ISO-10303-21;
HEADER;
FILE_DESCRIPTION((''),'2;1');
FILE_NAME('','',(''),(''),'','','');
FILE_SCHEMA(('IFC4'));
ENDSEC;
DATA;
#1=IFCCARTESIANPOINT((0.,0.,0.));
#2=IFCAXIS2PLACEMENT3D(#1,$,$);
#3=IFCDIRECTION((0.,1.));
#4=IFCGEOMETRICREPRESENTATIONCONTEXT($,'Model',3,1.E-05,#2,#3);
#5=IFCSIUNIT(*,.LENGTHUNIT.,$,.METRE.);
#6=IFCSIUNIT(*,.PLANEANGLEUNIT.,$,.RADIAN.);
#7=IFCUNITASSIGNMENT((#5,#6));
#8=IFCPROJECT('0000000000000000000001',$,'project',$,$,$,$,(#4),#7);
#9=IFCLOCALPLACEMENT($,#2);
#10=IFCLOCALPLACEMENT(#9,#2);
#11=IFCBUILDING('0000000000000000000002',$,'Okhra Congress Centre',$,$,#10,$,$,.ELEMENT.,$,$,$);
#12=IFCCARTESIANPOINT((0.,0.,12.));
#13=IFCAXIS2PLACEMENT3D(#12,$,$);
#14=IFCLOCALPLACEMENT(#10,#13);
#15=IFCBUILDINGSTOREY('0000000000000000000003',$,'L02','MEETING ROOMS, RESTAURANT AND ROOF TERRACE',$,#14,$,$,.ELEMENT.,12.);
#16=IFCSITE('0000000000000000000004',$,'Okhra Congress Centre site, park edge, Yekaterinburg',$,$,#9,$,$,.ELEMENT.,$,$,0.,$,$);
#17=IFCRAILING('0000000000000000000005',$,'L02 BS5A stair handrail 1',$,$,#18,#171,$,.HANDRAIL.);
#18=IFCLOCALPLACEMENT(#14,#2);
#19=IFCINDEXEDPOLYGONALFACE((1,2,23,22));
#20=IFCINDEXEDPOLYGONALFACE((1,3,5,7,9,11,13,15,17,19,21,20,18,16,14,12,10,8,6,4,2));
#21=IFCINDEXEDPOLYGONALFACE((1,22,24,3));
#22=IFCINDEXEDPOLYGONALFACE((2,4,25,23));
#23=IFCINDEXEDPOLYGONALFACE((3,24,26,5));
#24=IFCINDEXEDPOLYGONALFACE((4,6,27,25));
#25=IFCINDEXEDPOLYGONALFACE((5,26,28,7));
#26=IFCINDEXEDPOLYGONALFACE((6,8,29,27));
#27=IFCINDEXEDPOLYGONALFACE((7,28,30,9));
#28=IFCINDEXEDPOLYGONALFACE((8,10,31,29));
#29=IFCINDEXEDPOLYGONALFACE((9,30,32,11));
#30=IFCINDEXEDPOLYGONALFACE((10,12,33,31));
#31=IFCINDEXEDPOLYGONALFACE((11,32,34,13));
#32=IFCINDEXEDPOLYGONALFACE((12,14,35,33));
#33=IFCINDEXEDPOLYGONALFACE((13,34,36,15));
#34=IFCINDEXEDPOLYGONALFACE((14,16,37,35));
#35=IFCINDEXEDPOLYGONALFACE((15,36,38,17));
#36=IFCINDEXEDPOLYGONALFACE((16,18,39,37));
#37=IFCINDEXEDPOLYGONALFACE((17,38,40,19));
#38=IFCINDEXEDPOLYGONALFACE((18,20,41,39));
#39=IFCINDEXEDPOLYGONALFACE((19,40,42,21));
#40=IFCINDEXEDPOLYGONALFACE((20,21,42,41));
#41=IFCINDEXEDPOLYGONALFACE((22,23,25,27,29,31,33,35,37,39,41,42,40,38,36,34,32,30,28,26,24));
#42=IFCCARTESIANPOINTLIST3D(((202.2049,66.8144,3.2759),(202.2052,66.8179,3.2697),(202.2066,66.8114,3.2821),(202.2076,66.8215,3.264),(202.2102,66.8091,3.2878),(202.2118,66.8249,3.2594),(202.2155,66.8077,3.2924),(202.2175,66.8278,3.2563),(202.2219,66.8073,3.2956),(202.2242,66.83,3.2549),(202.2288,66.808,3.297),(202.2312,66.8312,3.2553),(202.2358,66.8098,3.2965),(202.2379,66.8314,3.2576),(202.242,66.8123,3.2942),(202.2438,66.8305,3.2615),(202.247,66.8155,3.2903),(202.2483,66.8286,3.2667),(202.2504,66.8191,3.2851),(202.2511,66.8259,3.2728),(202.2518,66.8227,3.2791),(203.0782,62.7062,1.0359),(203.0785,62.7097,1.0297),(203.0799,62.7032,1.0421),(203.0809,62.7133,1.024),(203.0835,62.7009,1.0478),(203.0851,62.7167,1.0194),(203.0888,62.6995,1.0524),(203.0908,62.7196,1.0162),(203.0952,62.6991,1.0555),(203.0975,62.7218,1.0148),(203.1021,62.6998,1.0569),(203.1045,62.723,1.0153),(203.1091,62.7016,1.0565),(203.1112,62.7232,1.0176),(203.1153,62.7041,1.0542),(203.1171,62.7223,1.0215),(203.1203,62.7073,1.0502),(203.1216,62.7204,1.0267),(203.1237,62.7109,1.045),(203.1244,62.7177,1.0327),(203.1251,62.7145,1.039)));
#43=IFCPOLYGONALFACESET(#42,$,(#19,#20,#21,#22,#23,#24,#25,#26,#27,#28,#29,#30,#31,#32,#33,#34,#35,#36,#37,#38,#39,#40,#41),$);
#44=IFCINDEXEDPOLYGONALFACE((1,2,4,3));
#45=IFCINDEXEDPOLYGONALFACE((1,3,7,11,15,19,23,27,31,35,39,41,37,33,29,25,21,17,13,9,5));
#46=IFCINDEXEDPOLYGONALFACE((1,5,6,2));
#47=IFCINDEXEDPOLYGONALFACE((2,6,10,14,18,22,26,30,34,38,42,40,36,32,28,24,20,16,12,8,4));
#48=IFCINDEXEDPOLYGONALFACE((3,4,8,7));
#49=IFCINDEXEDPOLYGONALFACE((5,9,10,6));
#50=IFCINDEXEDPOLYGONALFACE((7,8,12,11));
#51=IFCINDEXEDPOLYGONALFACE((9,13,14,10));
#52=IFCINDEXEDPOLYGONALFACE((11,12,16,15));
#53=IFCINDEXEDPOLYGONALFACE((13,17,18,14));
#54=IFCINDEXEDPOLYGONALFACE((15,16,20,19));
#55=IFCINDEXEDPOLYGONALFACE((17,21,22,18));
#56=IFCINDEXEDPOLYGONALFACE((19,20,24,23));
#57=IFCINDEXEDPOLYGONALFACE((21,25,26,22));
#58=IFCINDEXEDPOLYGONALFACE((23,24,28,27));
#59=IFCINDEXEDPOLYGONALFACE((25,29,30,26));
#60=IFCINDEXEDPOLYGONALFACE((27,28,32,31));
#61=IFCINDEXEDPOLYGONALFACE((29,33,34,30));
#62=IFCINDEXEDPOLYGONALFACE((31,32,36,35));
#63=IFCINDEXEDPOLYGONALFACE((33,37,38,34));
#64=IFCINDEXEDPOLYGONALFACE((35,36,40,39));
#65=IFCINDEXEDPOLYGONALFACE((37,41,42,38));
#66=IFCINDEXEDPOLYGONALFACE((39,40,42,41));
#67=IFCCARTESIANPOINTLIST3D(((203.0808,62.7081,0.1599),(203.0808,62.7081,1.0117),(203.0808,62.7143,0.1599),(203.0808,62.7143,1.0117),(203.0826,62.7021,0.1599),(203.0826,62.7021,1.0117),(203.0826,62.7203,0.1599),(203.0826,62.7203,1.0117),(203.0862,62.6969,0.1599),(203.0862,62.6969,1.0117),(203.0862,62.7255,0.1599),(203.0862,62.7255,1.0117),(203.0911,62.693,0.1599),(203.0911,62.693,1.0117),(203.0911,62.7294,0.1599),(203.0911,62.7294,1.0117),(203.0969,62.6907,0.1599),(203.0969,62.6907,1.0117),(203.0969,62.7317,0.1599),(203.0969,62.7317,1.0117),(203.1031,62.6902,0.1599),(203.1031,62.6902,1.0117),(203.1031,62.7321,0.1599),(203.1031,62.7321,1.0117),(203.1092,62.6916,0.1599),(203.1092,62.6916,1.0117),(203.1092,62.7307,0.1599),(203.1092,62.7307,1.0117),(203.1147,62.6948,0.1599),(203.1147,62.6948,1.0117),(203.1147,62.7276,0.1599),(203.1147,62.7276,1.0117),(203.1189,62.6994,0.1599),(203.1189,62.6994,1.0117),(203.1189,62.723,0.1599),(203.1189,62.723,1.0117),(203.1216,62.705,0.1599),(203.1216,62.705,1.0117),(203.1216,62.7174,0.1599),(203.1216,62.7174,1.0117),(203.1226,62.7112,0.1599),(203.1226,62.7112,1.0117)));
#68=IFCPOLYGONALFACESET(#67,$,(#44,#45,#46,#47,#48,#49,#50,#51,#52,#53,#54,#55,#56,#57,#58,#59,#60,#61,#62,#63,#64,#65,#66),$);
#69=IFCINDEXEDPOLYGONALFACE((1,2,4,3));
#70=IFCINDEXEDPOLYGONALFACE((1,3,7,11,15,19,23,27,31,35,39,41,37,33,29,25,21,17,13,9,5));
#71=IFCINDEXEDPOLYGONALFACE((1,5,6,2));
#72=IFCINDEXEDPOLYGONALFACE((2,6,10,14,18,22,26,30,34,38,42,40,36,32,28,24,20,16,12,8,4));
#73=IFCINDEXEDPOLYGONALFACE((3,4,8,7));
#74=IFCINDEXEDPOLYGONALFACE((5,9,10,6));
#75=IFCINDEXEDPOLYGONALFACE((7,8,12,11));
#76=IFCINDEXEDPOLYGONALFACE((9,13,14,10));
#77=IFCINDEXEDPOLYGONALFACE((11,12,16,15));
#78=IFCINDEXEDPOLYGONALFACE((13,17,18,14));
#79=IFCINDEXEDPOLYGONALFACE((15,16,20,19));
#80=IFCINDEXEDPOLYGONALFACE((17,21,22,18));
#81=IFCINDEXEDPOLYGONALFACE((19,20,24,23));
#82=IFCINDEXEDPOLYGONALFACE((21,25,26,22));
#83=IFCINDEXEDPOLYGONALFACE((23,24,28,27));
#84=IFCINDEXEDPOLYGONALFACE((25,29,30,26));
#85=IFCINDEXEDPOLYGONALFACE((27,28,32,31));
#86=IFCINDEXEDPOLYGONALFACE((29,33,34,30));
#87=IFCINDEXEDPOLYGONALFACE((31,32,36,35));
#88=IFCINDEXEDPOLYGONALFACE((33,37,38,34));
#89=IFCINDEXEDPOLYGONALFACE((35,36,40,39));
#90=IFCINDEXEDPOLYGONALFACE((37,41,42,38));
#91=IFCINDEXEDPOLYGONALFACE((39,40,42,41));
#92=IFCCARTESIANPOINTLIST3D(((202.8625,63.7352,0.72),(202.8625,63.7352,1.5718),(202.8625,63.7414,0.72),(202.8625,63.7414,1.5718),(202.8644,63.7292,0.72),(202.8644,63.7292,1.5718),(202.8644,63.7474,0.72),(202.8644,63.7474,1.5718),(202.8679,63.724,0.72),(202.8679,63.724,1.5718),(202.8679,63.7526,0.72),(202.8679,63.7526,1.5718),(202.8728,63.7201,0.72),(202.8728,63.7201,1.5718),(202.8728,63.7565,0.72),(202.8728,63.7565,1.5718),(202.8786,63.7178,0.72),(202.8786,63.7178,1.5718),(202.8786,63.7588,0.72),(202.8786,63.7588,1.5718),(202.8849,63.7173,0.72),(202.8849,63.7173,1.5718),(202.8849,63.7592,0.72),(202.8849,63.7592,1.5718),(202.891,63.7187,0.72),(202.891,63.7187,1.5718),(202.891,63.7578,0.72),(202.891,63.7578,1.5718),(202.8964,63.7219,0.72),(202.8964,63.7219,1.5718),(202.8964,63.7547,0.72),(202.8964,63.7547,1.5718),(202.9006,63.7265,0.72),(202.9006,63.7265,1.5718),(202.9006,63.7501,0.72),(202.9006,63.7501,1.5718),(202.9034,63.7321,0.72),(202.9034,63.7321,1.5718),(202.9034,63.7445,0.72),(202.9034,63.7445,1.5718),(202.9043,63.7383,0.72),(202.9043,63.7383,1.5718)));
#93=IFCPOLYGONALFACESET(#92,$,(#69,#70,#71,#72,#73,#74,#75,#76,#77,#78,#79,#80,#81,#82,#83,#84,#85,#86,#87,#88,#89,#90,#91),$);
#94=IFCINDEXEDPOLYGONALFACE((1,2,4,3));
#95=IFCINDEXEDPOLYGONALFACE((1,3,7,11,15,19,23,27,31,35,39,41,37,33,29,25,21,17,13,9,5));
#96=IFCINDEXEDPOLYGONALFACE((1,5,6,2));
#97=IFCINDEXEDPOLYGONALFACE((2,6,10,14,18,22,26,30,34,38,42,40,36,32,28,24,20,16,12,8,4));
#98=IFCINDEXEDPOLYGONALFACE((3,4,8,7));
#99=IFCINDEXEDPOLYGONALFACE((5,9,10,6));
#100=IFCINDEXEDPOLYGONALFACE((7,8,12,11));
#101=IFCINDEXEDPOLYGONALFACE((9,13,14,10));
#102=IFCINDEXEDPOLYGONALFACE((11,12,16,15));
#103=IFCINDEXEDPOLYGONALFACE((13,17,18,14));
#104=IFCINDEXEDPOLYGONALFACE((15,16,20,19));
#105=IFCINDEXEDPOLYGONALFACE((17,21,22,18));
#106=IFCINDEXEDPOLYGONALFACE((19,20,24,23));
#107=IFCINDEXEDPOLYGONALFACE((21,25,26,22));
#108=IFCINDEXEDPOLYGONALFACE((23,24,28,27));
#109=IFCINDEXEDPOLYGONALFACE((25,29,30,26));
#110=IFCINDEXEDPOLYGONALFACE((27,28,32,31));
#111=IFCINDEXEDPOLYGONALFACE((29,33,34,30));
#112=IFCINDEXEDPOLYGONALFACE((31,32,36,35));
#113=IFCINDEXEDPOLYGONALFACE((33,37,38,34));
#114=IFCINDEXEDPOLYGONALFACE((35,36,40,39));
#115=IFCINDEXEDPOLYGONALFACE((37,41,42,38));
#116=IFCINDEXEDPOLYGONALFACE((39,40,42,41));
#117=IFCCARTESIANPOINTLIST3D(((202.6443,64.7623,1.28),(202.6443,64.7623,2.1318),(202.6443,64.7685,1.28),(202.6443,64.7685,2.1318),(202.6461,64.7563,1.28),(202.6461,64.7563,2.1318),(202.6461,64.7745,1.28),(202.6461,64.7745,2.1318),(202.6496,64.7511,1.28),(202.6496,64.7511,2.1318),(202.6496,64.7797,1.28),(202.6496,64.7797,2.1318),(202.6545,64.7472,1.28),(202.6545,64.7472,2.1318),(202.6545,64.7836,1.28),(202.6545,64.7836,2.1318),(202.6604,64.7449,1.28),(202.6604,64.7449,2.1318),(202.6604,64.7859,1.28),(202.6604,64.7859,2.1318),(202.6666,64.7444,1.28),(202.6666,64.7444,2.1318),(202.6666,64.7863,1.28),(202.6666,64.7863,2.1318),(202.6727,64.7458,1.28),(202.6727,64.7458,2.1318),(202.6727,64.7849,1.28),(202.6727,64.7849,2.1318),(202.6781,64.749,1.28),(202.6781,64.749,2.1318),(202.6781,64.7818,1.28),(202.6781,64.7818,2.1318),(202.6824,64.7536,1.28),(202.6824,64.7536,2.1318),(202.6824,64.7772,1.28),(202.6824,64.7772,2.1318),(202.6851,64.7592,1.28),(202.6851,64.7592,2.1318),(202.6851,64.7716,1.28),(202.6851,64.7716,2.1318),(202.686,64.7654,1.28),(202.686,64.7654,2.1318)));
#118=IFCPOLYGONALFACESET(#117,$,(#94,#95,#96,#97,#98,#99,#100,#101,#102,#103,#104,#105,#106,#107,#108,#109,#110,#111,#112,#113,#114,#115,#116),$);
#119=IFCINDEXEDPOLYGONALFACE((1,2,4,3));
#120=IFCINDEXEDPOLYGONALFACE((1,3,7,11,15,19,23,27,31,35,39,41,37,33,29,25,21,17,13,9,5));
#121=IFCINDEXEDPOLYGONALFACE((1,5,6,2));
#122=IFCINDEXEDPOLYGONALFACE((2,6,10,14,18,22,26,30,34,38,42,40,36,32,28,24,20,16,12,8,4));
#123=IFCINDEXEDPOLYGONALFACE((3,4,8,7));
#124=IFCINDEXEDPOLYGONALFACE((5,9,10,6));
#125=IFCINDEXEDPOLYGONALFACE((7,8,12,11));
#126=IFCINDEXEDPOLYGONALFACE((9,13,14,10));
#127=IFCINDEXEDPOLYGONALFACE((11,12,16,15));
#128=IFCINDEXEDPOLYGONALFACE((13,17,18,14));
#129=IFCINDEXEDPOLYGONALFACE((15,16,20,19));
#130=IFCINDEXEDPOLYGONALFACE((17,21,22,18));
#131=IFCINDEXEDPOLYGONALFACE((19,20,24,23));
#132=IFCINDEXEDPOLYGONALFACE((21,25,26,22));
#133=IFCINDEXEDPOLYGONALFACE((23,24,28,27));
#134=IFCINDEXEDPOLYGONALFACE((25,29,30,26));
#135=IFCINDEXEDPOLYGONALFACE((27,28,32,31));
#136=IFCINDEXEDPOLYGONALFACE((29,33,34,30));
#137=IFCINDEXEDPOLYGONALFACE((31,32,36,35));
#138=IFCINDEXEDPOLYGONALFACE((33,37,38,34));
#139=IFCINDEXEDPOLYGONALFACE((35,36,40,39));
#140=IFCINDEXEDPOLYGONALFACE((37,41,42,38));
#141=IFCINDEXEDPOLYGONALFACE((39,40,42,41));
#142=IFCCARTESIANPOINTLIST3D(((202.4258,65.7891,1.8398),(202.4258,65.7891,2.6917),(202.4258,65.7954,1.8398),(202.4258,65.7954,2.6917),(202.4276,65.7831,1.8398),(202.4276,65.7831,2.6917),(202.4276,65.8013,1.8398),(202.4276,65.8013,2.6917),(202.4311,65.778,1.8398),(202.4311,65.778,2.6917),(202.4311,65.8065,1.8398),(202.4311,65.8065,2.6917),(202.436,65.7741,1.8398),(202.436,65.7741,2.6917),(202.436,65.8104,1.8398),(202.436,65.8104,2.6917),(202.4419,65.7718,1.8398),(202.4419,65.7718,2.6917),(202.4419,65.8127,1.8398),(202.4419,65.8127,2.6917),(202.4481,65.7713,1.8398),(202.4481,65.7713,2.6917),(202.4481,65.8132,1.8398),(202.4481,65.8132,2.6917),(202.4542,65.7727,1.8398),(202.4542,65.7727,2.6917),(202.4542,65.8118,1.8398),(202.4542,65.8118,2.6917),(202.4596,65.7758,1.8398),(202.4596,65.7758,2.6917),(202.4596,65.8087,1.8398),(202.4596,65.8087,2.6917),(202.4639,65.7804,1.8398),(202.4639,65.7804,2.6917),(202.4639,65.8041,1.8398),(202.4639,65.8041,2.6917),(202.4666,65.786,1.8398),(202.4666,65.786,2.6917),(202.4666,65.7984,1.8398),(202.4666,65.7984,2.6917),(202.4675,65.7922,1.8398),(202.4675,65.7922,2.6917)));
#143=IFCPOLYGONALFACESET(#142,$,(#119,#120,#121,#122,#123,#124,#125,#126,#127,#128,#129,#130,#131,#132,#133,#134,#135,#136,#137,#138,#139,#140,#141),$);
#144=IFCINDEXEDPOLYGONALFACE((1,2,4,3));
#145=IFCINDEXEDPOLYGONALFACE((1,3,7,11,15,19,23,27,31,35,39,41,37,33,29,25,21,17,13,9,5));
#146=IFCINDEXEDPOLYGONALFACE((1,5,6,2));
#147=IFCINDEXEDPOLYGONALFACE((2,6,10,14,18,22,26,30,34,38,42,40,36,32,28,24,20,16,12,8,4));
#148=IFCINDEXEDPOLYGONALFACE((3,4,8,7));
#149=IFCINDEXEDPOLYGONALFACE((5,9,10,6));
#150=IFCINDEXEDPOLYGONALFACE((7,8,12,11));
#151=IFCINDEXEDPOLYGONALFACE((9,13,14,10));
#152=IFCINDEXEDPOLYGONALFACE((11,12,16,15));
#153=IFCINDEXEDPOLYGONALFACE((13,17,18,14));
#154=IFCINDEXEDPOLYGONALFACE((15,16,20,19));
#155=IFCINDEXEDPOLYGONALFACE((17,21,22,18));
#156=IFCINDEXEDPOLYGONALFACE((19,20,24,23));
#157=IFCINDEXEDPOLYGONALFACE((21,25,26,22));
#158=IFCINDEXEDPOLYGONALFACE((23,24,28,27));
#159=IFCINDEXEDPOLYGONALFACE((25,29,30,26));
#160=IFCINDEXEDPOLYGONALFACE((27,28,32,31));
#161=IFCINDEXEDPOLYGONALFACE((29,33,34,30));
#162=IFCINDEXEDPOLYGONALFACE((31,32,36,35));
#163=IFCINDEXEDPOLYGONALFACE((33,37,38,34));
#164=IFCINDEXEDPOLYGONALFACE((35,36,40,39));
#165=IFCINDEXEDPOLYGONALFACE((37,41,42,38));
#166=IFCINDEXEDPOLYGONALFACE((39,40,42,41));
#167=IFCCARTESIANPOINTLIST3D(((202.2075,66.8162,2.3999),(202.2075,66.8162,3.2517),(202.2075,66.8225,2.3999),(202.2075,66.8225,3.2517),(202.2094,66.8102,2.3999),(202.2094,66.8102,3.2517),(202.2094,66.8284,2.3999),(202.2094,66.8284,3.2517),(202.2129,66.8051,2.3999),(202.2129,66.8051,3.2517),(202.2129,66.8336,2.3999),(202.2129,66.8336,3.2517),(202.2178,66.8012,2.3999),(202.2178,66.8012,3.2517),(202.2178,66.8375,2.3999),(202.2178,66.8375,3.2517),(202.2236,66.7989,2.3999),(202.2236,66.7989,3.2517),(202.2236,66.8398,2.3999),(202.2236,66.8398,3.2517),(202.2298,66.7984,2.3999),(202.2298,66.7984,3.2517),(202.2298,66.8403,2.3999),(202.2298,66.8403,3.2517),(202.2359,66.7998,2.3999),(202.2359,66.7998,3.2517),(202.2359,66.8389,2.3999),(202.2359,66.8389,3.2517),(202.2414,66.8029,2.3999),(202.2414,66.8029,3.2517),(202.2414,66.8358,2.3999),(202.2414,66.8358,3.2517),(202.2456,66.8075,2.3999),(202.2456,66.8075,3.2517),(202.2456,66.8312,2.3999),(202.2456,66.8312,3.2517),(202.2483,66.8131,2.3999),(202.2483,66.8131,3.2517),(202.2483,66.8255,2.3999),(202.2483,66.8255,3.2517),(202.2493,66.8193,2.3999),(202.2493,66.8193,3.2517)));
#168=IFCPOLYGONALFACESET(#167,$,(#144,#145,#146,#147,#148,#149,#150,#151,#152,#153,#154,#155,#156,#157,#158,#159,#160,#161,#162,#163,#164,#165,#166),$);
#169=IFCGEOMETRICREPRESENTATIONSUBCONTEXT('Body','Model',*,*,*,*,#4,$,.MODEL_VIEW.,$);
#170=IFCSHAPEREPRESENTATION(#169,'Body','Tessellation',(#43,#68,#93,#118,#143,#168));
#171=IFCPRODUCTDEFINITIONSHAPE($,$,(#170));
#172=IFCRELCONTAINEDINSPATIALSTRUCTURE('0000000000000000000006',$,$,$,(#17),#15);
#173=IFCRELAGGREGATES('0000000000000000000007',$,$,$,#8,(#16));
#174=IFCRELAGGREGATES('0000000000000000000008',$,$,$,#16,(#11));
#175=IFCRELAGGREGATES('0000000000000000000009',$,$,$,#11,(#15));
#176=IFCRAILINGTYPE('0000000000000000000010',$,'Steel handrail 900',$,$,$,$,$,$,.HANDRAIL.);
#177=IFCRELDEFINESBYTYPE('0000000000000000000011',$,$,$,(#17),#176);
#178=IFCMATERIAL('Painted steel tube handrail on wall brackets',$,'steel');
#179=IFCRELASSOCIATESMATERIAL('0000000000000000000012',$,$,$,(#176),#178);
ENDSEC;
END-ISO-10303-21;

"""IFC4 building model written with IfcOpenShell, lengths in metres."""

from ifc_helpers import new_model, si_unit, direction, frame, origin, origin_2d, place, context, subcontext, project, spatial, circle, extrude, material, type_object, element, save


model = new_model("IFC4")

# Units and contexts
model_context = context("Model", 3, precision=1e-05, world=origin(), true_north=direction((0.0, 1.0)))
body_context = subcontext(model_context, "Body", "Model", "MODEL_VIEW")
ifc_project = project(units=[si_unit("LENGTHUNIT", "METRE"), si_unit("PLANEANGLEUNIT", "RADIAN")], contexts=[model_context])

# Site, building, storey
site_placement = place(None, origin())
site = spatial("IfcSite", under=ifc_project, at=site_placement, Name="Okhra Congress Centre site, park edge, Yekaterinburg", CompositionType="ELEMENT", RefElevation=0.0)
building_placement = place(site_placement, origin())
building = spatial("IfcBuilding", under=site, at=building_placement, Name="Okhra Congress Centre", CompositionType="ELEMENT")
storey_placement = place(building_placement, frame((0.0, 0.0, 12.0)))
storey = spatial("IfcBuildingStorey", under=building, at=storey_placement, Name="L02", Description="MEETING ROOMS, RESTAURANT AND ROOF TERRACE", CompositionType="ELEMENT", Elevation=12.0)

# Railing
ifc_material_1 = material(Name="Painted steel tube handrail on wall brackets", Category="steel")
railing_type_1 = type_object("IfcRailingType", Name="Steel handrail 900", PredefinedType="HANDRAIL", material=ifc_material_1)
railing_1_placement = place(storey_placement, frame((203.1016, 62.7112, 0.1599)))
element("IfcRailing", 1, at=railing_1_placement, inside=storey, type_object=railing_type_1, Name="L02 BS5A stair handrail 1", PredefinedType="HANDRAIL", context=body_context, shape_type="SweptSolid", body=[
    extrude(circle(Radius=0.0239, at=origin_2d()), frame((0.0, 0.0, 0.876), z_axis=(-0.183466, 0.863067, 0.470591), x_axis=(-0.978144, -0.207929, 0.0)), (0.0, 0.0, 1.0), 4.76),
    extrude(circle(Radius=0.021, at=origin_2d()), origin(), (0.0, 0.0, 1.0), 0.8518),
    extrude(circle(Radius=0.021, at=origin_2d()), frame((-0.2183, 1.0271, 0.5601)), (0.0, 0.0, 1.0), 0.8518),
    extrude(circle(Radius=0.021, at=origin_2d()), frame((-0.4365, 2.0542, 1.1201)), (0.0, 0.0, 1.0), 0.8518),
    extrude(circle(Radius=0.021, at=origin_2d()), frame((-0.655, 3.0811, 1.6799)), (0.0, 0.0, 1.0), 0.8518),
    extrude(circle(Radius=0.021, at=origin_2d()), frame((-0.8733, 4.1082, 2.24)), (0.0, 0.0, 1.0), 0.8518),
])

save(model, "model.ifc")
